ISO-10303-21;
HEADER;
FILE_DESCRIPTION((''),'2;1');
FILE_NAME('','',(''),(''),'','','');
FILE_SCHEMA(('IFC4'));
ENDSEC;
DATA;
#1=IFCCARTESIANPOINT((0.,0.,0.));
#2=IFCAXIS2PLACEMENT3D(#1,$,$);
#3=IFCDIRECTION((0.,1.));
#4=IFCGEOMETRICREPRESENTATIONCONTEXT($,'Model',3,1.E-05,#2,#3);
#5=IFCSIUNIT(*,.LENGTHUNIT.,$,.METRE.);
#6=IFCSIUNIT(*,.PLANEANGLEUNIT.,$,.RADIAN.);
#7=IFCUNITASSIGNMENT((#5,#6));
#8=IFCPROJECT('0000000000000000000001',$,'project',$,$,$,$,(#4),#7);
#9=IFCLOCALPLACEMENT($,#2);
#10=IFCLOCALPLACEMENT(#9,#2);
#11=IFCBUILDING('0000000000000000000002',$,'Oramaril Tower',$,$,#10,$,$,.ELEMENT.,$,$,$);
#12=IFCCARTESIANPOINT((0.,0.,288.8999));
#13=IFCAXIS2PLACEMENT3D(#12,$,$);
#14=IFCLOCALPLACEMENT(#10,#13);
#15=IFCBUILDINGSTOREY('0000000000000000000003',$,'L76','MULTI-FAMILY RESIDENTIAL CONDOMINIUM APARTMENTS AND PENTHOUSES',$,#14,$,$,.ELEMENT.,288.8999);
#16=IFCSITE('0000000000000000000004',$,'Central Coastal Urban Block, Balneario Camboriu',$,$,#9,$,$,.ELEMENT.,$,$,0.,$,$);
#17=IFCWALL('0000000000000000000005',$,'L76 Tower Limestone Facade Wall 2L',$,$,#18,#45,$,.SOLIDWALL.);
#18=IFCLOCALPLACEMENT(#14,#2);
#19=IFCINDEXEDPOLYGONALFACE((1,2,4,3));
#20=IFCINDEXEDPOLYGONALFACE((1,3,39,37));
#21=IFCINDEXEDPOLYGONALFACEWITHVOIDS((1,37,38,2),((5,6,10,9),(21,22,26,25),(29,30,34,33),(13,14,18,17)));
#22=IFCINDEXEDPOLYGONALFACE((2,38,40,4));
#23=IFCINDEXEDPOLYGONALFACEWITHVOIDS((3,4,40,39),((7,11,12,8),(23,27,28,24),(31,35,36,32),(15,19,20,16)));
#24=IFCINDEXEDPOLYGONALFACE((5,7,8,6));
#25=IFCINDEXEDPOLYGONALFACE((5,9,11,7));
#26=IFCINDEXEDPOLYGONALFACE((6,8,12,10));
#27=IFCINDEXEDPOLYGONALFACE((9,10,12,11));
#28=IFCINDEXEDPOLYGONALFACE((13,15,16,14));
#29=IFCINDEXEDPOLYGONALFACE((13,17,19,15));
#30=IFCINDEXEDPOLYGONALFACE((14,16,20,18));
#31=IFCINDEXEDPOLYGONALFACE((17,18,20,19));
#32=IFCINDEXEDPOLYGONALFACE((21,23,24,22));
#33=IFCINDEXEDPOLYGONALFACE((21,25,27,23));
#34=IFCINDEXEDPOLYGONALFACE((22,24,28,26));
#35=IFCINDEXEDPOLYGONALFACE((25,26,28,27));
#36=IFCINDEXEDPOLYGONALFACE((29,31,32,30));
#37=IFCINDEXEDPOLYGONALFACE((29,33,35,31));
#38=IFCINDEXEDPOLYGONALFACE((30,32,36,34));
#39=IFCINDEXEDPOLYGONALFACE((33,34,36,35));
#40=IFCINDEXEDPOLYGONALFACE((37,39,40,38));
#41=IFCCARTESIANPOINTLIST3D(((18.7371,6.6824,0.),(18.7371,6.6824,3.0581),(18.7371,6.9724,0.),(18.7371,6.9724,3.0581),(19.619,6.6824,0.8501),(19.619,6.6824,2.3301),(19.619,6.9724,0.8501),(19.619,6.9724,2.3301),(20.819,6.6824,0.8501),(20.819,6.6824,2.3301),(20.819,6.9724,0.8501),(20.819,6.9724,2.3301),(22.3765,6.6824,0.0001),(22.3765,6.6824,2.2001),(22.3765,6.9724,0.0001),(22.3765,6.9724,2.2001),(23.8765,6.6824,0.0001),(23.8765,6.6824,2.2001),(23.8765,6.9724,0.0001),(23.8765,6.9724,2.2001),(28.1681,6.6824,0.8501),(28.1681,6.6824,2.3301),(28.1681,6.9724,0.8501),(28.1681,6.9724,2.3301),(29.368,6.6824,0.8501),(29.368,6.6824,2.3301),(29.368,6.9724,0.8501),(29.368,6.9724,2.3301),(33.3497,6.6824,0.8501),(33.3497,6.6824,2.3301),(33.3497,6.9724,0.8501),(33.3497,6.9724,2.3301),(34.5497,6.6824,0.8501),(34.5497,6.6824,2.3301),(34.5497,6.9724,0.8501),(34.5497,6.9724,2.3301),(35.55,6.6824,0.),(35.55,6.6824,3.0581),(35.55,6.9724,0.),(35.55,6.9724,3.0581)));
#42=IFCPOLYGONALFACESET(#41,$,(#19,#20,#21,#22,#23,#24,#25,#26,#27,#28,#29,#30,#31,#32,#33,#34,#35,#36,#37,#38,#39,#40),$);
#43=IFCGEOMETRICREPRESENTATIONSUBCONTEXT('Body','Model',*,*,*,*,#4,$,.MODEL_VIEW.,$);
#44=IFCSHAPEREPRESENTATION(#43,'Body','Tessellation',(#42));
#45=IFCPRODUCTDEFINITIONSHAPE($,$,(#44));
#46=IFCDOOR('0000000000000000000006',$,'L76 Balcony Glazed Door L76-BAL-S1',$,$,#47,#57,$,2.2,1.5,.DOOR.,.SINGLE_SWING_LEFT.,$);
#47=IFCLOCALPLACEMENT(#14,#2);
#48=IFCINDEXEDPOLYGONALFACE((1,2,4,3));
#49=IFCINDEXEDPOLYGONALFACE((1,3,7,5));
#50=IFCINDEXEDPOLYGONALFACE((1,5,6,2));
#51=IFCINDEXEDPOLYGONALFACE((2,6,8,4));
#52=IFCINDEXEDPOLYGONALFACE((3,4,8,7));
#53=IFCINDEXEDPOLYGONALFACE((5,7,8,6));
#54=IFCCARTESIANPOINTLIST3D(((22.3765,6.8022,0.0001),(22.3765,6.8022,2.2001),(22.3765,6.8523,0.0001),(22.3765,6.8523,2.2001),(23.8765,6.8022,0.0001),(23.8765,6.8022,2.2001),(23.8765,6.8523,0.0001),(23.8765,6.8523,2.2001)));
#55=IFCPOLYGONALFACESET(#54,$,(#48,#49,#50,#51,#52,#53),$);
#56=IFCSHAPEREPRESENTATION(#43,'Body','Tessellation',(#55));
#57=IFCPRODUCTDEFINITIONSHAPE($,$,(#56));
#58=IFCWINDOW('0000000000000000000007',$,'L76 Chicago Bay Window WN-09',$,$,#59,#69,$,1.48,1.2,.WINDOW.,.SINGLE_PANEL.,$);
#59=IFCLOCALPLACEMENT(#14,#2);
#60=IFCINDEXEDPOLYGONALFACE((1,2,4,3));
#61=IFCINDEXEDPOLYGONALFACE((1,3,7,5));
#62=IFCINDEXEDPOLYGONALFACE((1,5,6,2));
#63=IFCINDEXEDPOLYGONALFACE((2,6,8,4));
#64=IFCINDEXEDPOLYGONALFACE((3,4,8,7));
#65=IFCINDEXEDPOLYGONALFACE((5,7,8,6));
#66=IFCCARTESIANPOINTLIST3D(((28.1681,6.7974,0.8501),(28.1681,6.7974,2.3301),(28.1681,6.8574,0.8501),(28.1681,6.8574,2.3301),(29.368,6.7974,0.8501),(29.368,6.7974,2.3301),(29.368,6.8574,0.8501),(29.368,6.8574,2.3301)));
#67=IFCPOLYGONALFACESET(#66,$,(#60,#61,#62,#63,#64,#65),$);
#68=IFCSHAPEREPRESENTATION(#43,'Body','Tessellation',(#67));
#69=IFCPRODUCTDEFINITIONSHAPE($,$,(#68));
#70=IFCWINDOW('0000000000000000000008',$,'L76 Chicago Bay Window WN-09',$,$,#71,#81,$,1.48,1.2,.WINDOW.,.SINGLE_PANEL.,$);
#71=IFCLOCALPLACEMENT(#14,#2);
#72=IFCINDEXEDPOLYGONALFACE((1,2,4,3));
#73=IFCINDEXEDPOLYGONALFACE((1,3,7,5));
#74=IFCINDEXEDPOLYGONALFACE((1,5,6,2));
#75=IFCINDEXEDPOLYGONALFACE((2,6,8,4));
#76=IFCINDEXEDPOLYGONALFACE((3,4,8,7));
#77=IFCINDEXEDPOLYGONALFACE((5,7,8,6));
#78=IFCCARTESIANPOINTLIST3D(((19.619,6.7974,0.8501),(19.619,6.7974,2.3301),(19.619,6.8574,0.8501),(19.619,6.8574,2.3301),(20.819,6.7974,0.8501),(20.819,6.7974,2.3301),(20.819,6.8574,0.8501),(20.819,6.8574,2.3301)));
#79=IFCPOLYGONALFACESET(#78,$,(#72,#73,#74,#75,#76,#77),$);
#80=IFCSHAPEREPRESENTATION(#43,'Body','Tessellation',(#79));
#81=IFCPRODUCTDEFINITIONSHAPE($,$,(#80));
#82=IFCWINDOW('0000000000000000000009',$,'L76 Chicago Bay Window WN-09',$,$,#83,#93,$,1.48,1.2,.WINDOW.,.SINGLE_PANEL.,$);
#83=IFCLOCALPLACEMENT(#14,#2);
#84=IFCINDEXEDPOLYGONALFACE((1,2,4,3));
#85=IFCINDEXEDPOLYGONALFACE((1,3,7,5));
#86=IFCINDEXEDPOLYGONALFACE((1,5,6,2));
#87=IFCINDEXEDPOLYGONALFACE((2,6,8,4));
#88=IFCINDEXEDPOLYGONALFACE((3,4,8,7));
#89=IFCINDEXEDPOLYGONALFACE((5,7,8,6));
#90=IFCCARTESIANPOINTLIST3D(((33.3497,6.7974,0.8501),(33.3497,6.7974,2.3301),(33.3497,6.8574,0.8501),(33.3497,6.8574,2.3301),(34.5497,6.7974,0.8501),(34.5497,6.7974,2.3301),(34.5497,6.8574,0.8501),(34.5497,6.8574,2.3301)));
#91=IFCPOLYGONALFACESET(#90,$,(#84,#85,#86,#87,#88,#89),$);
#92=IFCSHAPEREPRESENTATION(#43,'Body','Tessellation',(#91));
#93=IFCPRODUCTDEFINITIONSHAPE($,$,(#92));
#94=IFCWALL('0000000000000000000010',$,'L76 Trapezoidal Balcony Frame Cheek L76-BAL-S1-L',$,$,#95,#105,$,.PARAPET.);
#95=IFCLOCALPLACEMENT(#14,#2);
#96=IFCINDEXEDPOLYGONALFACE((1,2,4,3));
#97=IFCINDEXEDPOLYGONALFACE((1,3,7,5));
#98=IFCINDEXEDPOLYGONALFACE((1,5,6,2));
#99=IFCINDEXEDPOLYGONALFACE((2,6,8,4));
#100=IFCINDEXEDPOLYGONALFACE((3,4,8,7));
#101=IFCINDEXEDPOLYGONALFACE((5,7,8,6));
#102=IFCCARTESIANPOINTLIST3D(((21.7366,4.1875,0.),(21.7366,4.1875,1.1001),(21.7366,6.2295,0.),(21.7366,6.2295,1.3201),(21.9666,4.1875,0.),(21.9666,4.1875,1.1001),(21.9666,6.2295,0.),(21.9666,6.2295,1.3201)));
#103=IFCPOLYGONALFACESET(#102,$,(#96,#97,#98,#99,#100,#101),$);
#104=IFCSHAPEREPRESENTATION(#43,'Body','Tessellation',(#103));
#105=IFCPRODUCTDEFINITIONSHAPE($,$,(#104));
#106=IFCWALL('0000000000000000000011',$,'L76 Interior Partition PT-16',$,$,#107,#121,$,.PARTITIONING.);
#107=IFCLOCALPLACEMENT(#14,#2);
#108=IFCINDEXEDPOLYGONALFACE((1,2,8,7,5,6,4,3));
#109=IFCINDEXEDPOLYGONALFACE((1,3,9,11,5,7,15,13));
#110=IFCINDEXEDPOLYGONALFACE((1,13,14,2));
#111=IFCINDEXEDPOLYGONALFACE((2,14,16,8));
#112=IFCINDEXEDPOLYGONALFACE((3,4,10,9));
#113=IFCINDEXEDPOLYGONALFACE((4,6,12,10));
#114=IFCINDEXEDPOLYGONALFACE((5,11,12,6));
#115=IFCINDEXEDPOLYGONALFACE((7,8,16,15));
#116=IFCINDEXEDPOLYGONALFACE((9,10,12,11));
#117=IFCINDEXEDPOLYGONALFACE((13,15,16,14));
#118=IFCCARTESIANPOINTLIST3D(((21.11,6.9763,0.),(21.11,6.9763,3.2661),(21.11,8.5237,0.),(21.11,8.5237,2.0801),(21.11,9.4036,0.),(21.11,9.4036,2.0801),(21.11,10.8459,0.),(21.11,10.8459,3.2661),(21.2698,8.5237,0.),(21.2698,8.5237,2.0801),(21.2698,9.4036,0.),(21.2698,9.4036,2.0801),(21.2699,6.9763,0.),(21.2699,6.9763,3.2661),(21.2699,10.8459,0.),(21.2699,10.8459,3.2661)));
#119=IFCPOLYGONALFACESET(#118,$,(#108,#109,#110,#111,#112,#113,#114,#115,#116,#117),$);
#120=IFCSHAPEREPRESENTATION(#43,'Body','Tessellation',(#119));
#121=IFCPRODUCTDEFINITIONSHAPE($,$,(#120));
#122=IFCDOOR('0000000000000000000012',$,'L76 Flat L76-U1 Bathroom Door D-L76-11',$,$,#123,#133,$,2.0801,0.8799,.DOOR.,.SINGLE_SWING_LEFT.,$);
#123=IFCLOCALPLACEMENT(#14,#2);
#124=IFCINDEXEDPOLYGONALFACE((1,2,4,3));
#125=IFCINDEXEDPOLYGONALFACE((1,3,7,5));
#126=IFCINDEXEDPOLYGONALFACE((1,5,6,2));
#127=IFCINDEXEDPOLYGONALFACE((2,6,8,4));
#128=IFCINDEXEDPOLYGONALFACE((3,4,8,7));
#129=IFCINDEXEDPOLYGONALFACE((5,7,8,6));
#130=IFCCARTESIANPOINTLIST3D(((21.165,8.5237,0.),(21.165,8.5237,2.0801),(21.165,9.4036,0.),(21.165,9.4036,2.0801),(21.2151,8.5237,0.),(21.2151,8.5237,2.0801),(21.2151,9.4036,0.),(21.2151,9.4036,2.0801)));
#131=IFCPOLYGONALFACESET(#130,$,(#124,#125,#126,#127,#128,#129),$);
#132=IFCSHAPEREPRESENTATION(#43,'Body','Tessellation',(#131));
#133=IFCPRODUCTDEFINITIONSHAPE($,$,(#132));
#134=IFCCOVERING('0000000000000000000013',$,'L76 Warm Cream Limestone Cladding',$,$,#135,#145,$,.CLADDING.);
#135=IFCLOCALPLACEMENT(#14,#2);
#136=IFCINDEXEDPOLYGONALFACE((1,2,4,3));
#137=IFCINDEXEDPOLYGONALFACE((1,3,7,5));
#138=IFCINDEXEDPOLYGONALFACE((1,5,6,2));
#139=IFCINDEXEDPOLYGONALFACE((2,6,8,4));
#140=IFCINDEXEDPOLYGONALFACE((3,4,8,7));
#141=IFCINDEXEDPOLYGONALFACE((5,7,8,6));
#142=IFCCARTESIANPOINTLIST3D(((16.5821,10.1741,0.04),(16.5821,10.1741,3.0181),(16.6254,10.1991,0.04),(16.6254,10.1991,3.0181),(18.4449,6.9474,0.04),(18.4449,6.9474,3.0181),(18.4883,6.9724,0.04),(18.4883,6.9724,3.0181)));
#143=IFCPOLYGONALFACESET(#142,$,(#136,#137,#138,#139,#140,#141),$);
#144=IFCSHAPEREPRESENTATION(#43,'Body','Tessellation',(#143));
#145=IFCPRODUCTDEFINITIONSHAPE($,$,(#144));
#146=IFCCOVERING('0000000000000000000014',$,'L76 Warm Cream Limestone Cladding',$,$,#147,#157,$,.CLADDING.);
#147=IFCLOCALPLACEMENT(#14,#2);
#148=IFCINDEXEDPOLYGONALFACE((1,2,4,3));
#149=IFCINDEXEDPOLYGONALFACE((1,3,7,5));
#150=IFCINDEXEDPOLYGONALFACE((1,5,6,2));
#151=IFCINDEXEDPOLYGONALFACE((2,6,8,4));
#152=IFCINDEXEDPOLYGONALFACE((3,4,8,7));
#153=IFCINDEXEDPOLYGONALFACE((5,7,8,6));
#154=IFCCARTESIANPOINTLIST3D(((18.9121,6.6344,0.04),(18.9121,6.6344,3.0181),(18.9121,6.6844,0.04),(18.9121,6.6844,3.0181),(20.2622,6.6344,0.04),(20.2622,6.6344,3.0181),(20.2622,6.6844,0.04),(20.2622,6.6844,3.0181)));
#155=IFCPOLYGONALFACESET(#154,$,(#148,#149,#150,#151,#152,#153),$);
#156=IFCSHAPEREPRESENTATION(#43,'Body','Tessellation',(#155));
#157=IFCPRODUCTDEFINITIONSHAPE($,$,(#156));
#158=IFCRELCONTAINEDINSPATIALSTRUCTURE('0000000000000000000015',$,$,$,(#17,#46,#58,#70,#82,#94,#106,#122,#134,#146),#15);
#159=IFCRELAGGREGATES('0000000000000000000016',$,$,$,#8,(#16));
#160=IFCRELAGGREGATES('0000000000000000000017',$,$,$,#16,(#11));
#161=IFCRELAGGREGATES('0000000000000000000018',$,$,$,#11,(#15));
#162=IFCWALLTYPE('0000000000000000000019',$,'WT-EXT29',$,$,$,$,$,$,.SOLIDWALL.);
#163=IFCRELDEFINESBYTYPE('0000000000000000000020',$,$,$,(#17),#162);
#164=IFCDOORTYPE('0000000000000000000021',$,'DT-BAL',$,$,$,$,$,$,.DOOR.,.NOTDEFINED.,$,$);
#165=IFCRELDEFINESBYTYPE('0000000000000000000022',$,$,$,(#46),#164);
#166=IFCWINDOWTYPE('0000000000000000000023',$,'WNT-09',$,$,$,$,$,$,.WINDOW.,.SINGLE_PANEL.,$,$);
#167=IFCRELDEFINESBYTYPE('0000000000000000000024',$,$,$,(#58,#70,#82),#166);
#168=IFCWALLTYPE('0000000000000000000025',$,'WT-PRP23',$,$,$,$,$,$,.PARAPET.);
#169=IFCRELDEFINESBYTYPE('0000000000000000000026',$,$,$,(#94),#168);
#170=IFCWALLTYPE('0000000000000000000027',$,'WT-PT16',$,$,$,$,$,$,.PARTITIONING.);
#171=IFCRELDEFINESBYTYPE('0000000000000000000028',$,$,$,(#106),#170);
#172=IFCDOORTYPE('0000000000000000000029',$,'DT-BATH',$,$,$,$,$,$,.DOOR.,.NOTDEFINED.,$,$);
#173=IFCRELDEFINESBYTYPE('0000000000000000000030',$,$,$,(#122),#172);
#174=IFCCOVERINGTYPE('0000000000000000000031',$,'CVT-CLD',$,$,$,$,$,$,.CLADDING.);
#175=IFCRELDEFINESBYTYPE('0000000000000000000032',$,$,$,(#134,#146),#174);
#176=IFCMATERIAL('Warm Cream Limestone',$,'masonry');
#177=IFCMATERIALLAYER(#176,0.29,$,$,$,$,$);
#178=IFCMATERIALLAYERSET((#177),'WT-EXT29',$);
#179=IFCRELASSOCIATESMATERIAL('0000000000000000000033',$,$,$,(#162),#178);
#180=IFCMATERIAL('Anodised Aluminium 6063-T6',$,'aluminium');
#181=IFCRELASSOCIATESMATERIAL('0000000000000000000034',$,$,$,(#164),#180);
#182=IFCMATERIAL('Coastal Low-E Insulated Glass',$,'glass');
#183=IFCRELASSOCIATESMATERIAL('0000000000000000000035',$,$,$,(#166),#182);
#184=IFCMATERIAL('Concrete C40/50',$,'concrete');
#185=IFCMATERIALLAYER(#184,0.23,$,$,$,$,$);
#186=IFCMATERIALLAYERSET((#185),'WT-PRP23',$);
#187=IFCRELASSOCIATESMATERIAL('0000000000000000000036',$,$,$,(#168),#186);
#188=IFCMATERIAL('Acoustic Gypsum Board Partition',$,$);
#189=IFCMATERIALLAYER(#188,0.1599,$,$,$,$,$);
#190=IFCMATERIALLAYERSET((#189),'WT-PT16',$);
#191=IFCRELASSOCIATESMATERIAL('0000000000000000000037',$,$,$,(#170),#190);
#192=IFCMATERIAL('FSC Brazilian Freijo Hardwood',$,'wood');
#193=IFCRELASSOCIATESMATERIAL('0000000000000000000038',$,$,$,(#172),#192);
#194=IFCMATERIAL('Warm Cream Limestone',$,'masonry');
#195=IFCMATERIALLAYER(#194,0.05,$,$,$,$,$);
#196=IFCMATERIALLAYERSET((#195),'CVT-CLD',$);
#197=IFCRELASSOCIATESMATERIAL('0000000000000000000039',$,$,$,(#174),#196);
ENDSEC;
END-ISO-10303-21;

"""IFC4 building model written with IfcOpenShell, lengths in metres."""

from ifc_helpers import new_model, si_unit, direction, frame, frame_2d, origin, origin_2d, place, context, subcontext, project, spatial, polyline, rectangle, outline, extrude, material, layer, layer_set, type_object, element, fill, save


model = new_model("IFC4")

# Units and contexts
model_context = context("Model", 3, precision=1e-05, world=origin(), true_north=direction((0.0, 1.0)))
body_context = subcontext(model_context, "Body", "Model", "MODEL_VIEW")
ifc_project = project(units=[si_unit("LENGTHUNIT", "METRE"), si_unit("PLANEANGLEUNIT", "RADIAN")], contexts=[model_context])

# Site, building, storey
site_placement = place(None, origin())
site = spatial("IfcSite", under=ifc_project, at=site_placement, Name="Central Coastal Urban Block, Balneario Camboriu", CompositionType="ELEMENT", RefElevation=0.0)
building_placement = place(site_placement, origin())
building = spatial("IfcBuilding", under=site, at=building_placement, Name="Oramaril Tower", CompositionType="ELEMENT")
storey_placement = place(building_placement, frame((0.0, 0.0, 288.8999)))
storey = spatial("IfcBuildingStorey", under=building, at=storey_placement, Name="L76", Description="MULTI-FAMILY RESIDENTIAL CONDOMINIUM APARTMENTS AND PENTHOUSES", CompositionType="ELEMENT", Elevation=288.8999)

# Wall, openings, door, windows
ifc_material_1 = material(Name="Warm Cream Limestone", Category="masonry")
ifc_layer_1 = layer(ifc_material_1, 0.29)
ifc_layer_set_1 = layer_set([ifc_layer_1], Name="WT-EXT29")
wall_type_1 = type_object("IfcWallType", Name="WT-EXT29", PredefinedType="SOLIDWALL", material=ifc_layer_set_1)
wall_1_placement = place(storey_placement, frame((18.7371, 6.8274, 0.0), z_axis=(0.0, 0.0, 1.0), x_axis=(1.0, 0.0, 0.0)))
wall_1 = element("IfcWall", 1, at=wall_1_placement, inside=storey, type_object=wall_type_1, Name="L76 Tower Limestone Facade Wall 2L", PredefinedType="SOLIDWALL", context=body_context, shape_type="SweptSolid", body=[
    extrude(rectangle(XDim=16.813, YDim=0.29, at=frame_2d((8.4065, 0.0))), origin(), (0.0, 0.0, 1.0), 3.0581),
])
opening_1_placement = place(wall_1_placement, frame((3.6394, 0.0, 0.0)))
opening_1 = element("IfcOpeningElement", 2, at=opening_1_placement, cuts=wall_1, PredefinedType="OPENING", context=body_context, shape_type="SweptSolid", body=[
    extrude(rectangle(XDim=1.5, YDim=2.2, at=frame_2d((0.75, 1.1001))), frame((0.0, 0.145, 0.0), z_axis=(0.0, -1.0, 0.0), x_axis=(1.0, 0.0, 0.0)), (0.0, 0.0, 1.0), 0.29),
])
opening_2_placement = place(wall_1_placement, frame((9.4309, 0.0, 0.8501)))
opening_2 = element("IfcOpeningElement", 3, at=opening_2_placement, cuts=wall_1, PredefinedType="OPENING", context=body_context, shape_type="SweptSolid", body=[
    extrude(rectangle(XDim=1.2, YDim=1.48, at=frame_2d((0.6001, 0.74))), frame((0.0, 0.145, 0.0), z_axis=(0.0, -1.0, 0.0), x_axis=(1.0, 0.0, 0.0)), (0.0, 0.0, 1.0), 0.29),
])
opening_3_placement = place(wall_1_placement, frame((0.8818, 0.0, 0.8501)))
opening_3 = element("IfcOpeningElement", 4, at=opening_3_placement, cuts=wall_1, PredefinedType="OPENING", context=body_context, shape_type="SweptSolid", body=[
    extrude(rectangle(XDim=1.2, YDim=1.48, at=frame_2d((0.6001, 0.74))), frame((0.0, 0.145, 0.0), z_axis=(0.0, -1.0, 0.0), x_axis=(1.0, 0.0, 0.0)), (0.0, 0.0, 1.0), 0.29),
])
opening_4_placement = place(wall_1_placement, frame((14.6125, 0.0, 0.8501)))
opening_4 = element("IfcOpeningElement", 5, at=opening_4_placement, cuts=wall_1, PredefinedType="OPENING", context=body_context, shape_type="SweptSolid", body=[
    extrude(rectangle(XDim=1.2, YDim=1.48, at=frame_2d((0.6001, 0.74))), frame((0.0, 0.145, 0.0), z_axis=(0.0, -1.0, 0.0), x_axis=(1.0, 0.0, 0.0)), (0.0, 0.0, 1.0), 0.29),
])
ifc_material_2 = material(Name="Anodised Aluminium 6063-T6", Category="aluminium")
door_type_1 = type_object("IfcDoorType", Name="DT-BAL", OperationType="NOTDEFINED", PredefinedType="DOOR", material=ifc_material_2)
door_1_placement = place(opening_1_placement, origin())
door_1 = element("IfcDoor", 6, at=door_1_placement, inside=storey, type_object=door_type_1, Name="L76 Balcony Glazed Door L76-BAL-S1", OperationType="SINGLE_SWING_LEFT", OverallHeight=2.2, OverallWidth=1.5, PredefinedType="DOOR", context=body_context, shape_type="SweptSolid", body=[
    extrude(rectangle(XDim=1.5, YDim=2.2, at=frame_2d((0.75, 1.1001))), frame((0.0, 0.0249, 0.0), z_axis=(0.0, -1.0, 0.0), x_axis=(1.0, 0.0, 0.0)), (0.0, 0.0, 1.0), 0.05),
])
fill(opening_1, door_1)
ifc_material_3 = material(Name="Coastal Low-E Insulated Glass", Category="glass")
window_type = type_object("IfcWindowType", Name="WNT-09", PartitioningType="SINGLE_PANEL", PredefinedType="WINDOW", material=ifc_material_3)
window_1_placement = place(opening_2_placement, origin())
window_1 = element("IfcWindow", 7, at=window_1_placement, inside=storey, type_object=window_type, Name="L76 Chicago Bay Window WN-09", OverallHeight=1.48, OverallWidth=1.2, PartitioningType="SINGLE_PANEL", PredefinedType="WINDOW", context=body_context, shape_type="SweptSolid", body=[
    extrude(rectangle(XDim=1.2, YDim=1.48, at=frame_2d((0.6001, 0.74))), frame((0.0, 0.03, 0.0), z_axis=(0.0, -1.0, 0.0), x_axis=(1.0, 0.0, 0.0)), (0.0, 0.0, 1.0), 0.0601),
])
fill(opening_2, window_1)
window_2_placement = place(opening_3_placement, origin())
window_2 = element("IfcWindow", 8, at=window_2_placement, inside=storey, type_object=window_type, Name="L76 Chicago Bay Window WN-09", OverallHeight=1.48, OverallWidth=1.2, PartitioningType="SINGLE_PANEL", PredefinedType="WINDOW", context=body_context, shape_type="SweptSolid", body=[
    extrude(rectangle(XDim=1.2, YDim=1.48, at=frame_2d((0.6001, 0.74))), frame((0.0, 0.03, 0.0), z_axis=(0.0, -1.0, 0.0), x_axis=(1.0, 0.0, 0.0)), (0.0, 0.0, 1.0), 0.0601),
])
fill(opening_3, window_2)
window_3_placement = place(opening_4_placement, origin())
window_3 = element("IfcWindow", 9, at=window_3_placement, inside=storey, type_object=window_type, Name="L76 Chicago Bay Window WN-09", OverallHeight=1.48, OverallWidth=1.2, PartitioningType="SINGLE_PANEL", PredefinedType="WINDOW", context=body_context, shape_type="SweptSolid", body=[
    extrude(rectangle(XDim=1.2, YDim=1.48, at=frame_2d((0.6001, 0.74))), frame((0.0, 0.03, 0.0), z_axis=(0.0, -1.0, 0.0), x_axis=(1.0, 0.0, 0.0)), (0.0, 0.0, 1.0), 0.0601),
])
fill(opening_4, window_3)

# Wall
ifc_material_4 = material(Name="Concrete C40/50", Category="concrete")
ifc_layer_2 = layer(ifc_material_4, 0.23)
ifc_layer_set_2 = layer_set([ifc_layer_2], Name="WT-PRP23")
wall_type_2 = type_object("IfcWallType", Name="WT-PRP23", PredefinedType="PARAPET", material=ifc_layer_set_2)
wall_2_placement = place(storey_placement, frame((21.8516, 6.2295, 0.0), z_axis=(0.0, 0.0, 1.0), x_axis=(0.0, -1.0, 0.0)))
element("IfcWall", 10, at=wall_2_placement, inside=storey, type_object=wall_type_2, Name="L76 Trapezoidal Balcony Frame Cheek L76-BAL-S1-L", PredefinedType="PARAPET", context=body_context, shape_type="SweptSolid", body=[
    extrude(outline(polyline([(0.0, 0.0), (2.042, 0.0), (2.042, 1.1001), (0.0, 1.3201), (0.0, 0.0)])), frame((0.0, 0.115, 0.0), z_axis=(0.0, -1.0, 0.0), x_axis=(1.0, 0.0, 0.0)), (0.0, 0.0, 1.0), 0.23),
])

# Wall, opening, door
ifc_material_5 = material(Name="Acoustic Gypsum Board Partition")
ifc_layer_3 = layer(ifc_material_5, 0.1599)
ifc_layer_set_3 = layer_set([ifc_layer_3], Name="WT-PT16")
wall_type_3 = type_object("IfcWallType", Name="WT-PT16", PredefinedType="PARTITIONING", material=ifc_layer_set_3)
wall_3_placement = place(storey_placement, frame((21.1899, 6.9763, 0.0), z_axis=(0.0, 0.0, 1.0), x_axis=(0.0, 1.0, 0.0)))
wall_3 = element("IfcWall", 11, at=wall_3_placement, inside=storey, type_object=wall_type_3, Name="L76 Interior Partition PT-16", PredefinedType="PARTITIONING", context=body_context, shape_type="SweptSolid", body=[
    extrude(rectangle(XDim=3.8696, YDim=0.1599, at=frame_2d((1.9348, 0.0))), origin(), (0.0, 0.0, 1.0), 3.2661),
])
opening_5_placement = place(wall_3_placement, frame((1.5474, 0.0, 0.0)))
opening_5 = element("IfcOpeningElement", 12, at=opening_5_placement, cuts=wall_3, PredefinedType="OPENING", context=body_context, shape_type="SweptSolid", body=[
    extrude(rectangle(XDim=0.8799, YDim=2.0801, at=frame_2d((0.4399, 1.04))), frame((0.0, 0.0801, 0.0), z_axis=(0.0, -1.0, 0.0), x_axis=(1.0, 0.0, 0.0)), (0.0, 0.0, 1.0), 0.1599),
])
ifc_material_6 = material(Name="FSC Brazilian Freijo Hardwood", Category="wood")
door_type_2 = type_object("IfcDoorType", Name="DT-BATH", OperationType="NOTDEFINED", PredefinedType="DOOR", material=ifc_material_6)
door_2_placement = place(opening_5_placement, origin())
door_2 = element("IfcDoor", 13, at=door_2_placement, inside=storey, type_object=door_type_2, Name="L76 Flat L76-U1 Bathroom Door D-L76-11", OperationType="SINGLE_SWING_LEFT", OverallHeight=2.0801, OverallWidth=0.8799, PredefinedType="DOOR", context=body_context, shape_type="SweptSolid", body=[
    extrude(rectangle(XDim=0.8799, YDim=2.0801, at=frame_2d((0.4399, 1.04))), frame((0.0, 0.0249, 0.0), z_axis=(0.0, -1.0, 0.0), x_axis=(1.0, 0.0, 0.0)), (0.0, 0.0, 1.0), 0.05),
])
fill(opening_5, door_2)

# Coverings
ifc_material_7 = material(Name="Warm Cream Limestone", Category="masonry")
ifc_layer_4 = layer(ifc_material_7, 0.05)
ifc_layer_set_4 = layer_set([ifc_layer_4], Name="CVT-CLD")
covering_type_1 = type_object("IfcCoveringType", Name="CVT-CLD", PredefinedType="CLADDING", material=ifc_layer_set_4)
covering_1_placement = place(storey_placement, frame((17.5352, 8.5732, 0.04), z_axis=(0.0, 0.0, 1.0), x_axis=(0.499985, -0.866034, 0.0)))
element("IfcCovering", 14, at=covering_1_placement, inside=storey, type_object=covering_type_1, Name="L76 Warm Cream Limestone Cladding", PredefinedType="CLADDING", context=body_context, shape_type="SweptSolid", body=[
    extrude(rectangle(XDim=3.7258, YDim=0.05, at=origin_2d()), origin(), (0.0, 0.0, 1.0), 2.978),
])
covering_2_placement = place(storey_placement, frame((19.5872, 6.6594, 0.04), z_axis=(0.0, 0.0, 1.0), x_axis=(1.0, 0.0, 0.0)))
element("IfcCovering", 15, at=covering_2_placement, inside=storey, type_object=covering_type_1, Name="L76 Warm Cream Limestone Cladding", PredefinedType="CLADDING", context=body_context, shape_type="SweptSolid", body=[
    extrude(rectangle(XDim=1.3501, YDim=0.05, at=origin_2d()), origin(), (0.0, 0.0, 1.0), 2.978),
])

save(model, "model.ifc")
